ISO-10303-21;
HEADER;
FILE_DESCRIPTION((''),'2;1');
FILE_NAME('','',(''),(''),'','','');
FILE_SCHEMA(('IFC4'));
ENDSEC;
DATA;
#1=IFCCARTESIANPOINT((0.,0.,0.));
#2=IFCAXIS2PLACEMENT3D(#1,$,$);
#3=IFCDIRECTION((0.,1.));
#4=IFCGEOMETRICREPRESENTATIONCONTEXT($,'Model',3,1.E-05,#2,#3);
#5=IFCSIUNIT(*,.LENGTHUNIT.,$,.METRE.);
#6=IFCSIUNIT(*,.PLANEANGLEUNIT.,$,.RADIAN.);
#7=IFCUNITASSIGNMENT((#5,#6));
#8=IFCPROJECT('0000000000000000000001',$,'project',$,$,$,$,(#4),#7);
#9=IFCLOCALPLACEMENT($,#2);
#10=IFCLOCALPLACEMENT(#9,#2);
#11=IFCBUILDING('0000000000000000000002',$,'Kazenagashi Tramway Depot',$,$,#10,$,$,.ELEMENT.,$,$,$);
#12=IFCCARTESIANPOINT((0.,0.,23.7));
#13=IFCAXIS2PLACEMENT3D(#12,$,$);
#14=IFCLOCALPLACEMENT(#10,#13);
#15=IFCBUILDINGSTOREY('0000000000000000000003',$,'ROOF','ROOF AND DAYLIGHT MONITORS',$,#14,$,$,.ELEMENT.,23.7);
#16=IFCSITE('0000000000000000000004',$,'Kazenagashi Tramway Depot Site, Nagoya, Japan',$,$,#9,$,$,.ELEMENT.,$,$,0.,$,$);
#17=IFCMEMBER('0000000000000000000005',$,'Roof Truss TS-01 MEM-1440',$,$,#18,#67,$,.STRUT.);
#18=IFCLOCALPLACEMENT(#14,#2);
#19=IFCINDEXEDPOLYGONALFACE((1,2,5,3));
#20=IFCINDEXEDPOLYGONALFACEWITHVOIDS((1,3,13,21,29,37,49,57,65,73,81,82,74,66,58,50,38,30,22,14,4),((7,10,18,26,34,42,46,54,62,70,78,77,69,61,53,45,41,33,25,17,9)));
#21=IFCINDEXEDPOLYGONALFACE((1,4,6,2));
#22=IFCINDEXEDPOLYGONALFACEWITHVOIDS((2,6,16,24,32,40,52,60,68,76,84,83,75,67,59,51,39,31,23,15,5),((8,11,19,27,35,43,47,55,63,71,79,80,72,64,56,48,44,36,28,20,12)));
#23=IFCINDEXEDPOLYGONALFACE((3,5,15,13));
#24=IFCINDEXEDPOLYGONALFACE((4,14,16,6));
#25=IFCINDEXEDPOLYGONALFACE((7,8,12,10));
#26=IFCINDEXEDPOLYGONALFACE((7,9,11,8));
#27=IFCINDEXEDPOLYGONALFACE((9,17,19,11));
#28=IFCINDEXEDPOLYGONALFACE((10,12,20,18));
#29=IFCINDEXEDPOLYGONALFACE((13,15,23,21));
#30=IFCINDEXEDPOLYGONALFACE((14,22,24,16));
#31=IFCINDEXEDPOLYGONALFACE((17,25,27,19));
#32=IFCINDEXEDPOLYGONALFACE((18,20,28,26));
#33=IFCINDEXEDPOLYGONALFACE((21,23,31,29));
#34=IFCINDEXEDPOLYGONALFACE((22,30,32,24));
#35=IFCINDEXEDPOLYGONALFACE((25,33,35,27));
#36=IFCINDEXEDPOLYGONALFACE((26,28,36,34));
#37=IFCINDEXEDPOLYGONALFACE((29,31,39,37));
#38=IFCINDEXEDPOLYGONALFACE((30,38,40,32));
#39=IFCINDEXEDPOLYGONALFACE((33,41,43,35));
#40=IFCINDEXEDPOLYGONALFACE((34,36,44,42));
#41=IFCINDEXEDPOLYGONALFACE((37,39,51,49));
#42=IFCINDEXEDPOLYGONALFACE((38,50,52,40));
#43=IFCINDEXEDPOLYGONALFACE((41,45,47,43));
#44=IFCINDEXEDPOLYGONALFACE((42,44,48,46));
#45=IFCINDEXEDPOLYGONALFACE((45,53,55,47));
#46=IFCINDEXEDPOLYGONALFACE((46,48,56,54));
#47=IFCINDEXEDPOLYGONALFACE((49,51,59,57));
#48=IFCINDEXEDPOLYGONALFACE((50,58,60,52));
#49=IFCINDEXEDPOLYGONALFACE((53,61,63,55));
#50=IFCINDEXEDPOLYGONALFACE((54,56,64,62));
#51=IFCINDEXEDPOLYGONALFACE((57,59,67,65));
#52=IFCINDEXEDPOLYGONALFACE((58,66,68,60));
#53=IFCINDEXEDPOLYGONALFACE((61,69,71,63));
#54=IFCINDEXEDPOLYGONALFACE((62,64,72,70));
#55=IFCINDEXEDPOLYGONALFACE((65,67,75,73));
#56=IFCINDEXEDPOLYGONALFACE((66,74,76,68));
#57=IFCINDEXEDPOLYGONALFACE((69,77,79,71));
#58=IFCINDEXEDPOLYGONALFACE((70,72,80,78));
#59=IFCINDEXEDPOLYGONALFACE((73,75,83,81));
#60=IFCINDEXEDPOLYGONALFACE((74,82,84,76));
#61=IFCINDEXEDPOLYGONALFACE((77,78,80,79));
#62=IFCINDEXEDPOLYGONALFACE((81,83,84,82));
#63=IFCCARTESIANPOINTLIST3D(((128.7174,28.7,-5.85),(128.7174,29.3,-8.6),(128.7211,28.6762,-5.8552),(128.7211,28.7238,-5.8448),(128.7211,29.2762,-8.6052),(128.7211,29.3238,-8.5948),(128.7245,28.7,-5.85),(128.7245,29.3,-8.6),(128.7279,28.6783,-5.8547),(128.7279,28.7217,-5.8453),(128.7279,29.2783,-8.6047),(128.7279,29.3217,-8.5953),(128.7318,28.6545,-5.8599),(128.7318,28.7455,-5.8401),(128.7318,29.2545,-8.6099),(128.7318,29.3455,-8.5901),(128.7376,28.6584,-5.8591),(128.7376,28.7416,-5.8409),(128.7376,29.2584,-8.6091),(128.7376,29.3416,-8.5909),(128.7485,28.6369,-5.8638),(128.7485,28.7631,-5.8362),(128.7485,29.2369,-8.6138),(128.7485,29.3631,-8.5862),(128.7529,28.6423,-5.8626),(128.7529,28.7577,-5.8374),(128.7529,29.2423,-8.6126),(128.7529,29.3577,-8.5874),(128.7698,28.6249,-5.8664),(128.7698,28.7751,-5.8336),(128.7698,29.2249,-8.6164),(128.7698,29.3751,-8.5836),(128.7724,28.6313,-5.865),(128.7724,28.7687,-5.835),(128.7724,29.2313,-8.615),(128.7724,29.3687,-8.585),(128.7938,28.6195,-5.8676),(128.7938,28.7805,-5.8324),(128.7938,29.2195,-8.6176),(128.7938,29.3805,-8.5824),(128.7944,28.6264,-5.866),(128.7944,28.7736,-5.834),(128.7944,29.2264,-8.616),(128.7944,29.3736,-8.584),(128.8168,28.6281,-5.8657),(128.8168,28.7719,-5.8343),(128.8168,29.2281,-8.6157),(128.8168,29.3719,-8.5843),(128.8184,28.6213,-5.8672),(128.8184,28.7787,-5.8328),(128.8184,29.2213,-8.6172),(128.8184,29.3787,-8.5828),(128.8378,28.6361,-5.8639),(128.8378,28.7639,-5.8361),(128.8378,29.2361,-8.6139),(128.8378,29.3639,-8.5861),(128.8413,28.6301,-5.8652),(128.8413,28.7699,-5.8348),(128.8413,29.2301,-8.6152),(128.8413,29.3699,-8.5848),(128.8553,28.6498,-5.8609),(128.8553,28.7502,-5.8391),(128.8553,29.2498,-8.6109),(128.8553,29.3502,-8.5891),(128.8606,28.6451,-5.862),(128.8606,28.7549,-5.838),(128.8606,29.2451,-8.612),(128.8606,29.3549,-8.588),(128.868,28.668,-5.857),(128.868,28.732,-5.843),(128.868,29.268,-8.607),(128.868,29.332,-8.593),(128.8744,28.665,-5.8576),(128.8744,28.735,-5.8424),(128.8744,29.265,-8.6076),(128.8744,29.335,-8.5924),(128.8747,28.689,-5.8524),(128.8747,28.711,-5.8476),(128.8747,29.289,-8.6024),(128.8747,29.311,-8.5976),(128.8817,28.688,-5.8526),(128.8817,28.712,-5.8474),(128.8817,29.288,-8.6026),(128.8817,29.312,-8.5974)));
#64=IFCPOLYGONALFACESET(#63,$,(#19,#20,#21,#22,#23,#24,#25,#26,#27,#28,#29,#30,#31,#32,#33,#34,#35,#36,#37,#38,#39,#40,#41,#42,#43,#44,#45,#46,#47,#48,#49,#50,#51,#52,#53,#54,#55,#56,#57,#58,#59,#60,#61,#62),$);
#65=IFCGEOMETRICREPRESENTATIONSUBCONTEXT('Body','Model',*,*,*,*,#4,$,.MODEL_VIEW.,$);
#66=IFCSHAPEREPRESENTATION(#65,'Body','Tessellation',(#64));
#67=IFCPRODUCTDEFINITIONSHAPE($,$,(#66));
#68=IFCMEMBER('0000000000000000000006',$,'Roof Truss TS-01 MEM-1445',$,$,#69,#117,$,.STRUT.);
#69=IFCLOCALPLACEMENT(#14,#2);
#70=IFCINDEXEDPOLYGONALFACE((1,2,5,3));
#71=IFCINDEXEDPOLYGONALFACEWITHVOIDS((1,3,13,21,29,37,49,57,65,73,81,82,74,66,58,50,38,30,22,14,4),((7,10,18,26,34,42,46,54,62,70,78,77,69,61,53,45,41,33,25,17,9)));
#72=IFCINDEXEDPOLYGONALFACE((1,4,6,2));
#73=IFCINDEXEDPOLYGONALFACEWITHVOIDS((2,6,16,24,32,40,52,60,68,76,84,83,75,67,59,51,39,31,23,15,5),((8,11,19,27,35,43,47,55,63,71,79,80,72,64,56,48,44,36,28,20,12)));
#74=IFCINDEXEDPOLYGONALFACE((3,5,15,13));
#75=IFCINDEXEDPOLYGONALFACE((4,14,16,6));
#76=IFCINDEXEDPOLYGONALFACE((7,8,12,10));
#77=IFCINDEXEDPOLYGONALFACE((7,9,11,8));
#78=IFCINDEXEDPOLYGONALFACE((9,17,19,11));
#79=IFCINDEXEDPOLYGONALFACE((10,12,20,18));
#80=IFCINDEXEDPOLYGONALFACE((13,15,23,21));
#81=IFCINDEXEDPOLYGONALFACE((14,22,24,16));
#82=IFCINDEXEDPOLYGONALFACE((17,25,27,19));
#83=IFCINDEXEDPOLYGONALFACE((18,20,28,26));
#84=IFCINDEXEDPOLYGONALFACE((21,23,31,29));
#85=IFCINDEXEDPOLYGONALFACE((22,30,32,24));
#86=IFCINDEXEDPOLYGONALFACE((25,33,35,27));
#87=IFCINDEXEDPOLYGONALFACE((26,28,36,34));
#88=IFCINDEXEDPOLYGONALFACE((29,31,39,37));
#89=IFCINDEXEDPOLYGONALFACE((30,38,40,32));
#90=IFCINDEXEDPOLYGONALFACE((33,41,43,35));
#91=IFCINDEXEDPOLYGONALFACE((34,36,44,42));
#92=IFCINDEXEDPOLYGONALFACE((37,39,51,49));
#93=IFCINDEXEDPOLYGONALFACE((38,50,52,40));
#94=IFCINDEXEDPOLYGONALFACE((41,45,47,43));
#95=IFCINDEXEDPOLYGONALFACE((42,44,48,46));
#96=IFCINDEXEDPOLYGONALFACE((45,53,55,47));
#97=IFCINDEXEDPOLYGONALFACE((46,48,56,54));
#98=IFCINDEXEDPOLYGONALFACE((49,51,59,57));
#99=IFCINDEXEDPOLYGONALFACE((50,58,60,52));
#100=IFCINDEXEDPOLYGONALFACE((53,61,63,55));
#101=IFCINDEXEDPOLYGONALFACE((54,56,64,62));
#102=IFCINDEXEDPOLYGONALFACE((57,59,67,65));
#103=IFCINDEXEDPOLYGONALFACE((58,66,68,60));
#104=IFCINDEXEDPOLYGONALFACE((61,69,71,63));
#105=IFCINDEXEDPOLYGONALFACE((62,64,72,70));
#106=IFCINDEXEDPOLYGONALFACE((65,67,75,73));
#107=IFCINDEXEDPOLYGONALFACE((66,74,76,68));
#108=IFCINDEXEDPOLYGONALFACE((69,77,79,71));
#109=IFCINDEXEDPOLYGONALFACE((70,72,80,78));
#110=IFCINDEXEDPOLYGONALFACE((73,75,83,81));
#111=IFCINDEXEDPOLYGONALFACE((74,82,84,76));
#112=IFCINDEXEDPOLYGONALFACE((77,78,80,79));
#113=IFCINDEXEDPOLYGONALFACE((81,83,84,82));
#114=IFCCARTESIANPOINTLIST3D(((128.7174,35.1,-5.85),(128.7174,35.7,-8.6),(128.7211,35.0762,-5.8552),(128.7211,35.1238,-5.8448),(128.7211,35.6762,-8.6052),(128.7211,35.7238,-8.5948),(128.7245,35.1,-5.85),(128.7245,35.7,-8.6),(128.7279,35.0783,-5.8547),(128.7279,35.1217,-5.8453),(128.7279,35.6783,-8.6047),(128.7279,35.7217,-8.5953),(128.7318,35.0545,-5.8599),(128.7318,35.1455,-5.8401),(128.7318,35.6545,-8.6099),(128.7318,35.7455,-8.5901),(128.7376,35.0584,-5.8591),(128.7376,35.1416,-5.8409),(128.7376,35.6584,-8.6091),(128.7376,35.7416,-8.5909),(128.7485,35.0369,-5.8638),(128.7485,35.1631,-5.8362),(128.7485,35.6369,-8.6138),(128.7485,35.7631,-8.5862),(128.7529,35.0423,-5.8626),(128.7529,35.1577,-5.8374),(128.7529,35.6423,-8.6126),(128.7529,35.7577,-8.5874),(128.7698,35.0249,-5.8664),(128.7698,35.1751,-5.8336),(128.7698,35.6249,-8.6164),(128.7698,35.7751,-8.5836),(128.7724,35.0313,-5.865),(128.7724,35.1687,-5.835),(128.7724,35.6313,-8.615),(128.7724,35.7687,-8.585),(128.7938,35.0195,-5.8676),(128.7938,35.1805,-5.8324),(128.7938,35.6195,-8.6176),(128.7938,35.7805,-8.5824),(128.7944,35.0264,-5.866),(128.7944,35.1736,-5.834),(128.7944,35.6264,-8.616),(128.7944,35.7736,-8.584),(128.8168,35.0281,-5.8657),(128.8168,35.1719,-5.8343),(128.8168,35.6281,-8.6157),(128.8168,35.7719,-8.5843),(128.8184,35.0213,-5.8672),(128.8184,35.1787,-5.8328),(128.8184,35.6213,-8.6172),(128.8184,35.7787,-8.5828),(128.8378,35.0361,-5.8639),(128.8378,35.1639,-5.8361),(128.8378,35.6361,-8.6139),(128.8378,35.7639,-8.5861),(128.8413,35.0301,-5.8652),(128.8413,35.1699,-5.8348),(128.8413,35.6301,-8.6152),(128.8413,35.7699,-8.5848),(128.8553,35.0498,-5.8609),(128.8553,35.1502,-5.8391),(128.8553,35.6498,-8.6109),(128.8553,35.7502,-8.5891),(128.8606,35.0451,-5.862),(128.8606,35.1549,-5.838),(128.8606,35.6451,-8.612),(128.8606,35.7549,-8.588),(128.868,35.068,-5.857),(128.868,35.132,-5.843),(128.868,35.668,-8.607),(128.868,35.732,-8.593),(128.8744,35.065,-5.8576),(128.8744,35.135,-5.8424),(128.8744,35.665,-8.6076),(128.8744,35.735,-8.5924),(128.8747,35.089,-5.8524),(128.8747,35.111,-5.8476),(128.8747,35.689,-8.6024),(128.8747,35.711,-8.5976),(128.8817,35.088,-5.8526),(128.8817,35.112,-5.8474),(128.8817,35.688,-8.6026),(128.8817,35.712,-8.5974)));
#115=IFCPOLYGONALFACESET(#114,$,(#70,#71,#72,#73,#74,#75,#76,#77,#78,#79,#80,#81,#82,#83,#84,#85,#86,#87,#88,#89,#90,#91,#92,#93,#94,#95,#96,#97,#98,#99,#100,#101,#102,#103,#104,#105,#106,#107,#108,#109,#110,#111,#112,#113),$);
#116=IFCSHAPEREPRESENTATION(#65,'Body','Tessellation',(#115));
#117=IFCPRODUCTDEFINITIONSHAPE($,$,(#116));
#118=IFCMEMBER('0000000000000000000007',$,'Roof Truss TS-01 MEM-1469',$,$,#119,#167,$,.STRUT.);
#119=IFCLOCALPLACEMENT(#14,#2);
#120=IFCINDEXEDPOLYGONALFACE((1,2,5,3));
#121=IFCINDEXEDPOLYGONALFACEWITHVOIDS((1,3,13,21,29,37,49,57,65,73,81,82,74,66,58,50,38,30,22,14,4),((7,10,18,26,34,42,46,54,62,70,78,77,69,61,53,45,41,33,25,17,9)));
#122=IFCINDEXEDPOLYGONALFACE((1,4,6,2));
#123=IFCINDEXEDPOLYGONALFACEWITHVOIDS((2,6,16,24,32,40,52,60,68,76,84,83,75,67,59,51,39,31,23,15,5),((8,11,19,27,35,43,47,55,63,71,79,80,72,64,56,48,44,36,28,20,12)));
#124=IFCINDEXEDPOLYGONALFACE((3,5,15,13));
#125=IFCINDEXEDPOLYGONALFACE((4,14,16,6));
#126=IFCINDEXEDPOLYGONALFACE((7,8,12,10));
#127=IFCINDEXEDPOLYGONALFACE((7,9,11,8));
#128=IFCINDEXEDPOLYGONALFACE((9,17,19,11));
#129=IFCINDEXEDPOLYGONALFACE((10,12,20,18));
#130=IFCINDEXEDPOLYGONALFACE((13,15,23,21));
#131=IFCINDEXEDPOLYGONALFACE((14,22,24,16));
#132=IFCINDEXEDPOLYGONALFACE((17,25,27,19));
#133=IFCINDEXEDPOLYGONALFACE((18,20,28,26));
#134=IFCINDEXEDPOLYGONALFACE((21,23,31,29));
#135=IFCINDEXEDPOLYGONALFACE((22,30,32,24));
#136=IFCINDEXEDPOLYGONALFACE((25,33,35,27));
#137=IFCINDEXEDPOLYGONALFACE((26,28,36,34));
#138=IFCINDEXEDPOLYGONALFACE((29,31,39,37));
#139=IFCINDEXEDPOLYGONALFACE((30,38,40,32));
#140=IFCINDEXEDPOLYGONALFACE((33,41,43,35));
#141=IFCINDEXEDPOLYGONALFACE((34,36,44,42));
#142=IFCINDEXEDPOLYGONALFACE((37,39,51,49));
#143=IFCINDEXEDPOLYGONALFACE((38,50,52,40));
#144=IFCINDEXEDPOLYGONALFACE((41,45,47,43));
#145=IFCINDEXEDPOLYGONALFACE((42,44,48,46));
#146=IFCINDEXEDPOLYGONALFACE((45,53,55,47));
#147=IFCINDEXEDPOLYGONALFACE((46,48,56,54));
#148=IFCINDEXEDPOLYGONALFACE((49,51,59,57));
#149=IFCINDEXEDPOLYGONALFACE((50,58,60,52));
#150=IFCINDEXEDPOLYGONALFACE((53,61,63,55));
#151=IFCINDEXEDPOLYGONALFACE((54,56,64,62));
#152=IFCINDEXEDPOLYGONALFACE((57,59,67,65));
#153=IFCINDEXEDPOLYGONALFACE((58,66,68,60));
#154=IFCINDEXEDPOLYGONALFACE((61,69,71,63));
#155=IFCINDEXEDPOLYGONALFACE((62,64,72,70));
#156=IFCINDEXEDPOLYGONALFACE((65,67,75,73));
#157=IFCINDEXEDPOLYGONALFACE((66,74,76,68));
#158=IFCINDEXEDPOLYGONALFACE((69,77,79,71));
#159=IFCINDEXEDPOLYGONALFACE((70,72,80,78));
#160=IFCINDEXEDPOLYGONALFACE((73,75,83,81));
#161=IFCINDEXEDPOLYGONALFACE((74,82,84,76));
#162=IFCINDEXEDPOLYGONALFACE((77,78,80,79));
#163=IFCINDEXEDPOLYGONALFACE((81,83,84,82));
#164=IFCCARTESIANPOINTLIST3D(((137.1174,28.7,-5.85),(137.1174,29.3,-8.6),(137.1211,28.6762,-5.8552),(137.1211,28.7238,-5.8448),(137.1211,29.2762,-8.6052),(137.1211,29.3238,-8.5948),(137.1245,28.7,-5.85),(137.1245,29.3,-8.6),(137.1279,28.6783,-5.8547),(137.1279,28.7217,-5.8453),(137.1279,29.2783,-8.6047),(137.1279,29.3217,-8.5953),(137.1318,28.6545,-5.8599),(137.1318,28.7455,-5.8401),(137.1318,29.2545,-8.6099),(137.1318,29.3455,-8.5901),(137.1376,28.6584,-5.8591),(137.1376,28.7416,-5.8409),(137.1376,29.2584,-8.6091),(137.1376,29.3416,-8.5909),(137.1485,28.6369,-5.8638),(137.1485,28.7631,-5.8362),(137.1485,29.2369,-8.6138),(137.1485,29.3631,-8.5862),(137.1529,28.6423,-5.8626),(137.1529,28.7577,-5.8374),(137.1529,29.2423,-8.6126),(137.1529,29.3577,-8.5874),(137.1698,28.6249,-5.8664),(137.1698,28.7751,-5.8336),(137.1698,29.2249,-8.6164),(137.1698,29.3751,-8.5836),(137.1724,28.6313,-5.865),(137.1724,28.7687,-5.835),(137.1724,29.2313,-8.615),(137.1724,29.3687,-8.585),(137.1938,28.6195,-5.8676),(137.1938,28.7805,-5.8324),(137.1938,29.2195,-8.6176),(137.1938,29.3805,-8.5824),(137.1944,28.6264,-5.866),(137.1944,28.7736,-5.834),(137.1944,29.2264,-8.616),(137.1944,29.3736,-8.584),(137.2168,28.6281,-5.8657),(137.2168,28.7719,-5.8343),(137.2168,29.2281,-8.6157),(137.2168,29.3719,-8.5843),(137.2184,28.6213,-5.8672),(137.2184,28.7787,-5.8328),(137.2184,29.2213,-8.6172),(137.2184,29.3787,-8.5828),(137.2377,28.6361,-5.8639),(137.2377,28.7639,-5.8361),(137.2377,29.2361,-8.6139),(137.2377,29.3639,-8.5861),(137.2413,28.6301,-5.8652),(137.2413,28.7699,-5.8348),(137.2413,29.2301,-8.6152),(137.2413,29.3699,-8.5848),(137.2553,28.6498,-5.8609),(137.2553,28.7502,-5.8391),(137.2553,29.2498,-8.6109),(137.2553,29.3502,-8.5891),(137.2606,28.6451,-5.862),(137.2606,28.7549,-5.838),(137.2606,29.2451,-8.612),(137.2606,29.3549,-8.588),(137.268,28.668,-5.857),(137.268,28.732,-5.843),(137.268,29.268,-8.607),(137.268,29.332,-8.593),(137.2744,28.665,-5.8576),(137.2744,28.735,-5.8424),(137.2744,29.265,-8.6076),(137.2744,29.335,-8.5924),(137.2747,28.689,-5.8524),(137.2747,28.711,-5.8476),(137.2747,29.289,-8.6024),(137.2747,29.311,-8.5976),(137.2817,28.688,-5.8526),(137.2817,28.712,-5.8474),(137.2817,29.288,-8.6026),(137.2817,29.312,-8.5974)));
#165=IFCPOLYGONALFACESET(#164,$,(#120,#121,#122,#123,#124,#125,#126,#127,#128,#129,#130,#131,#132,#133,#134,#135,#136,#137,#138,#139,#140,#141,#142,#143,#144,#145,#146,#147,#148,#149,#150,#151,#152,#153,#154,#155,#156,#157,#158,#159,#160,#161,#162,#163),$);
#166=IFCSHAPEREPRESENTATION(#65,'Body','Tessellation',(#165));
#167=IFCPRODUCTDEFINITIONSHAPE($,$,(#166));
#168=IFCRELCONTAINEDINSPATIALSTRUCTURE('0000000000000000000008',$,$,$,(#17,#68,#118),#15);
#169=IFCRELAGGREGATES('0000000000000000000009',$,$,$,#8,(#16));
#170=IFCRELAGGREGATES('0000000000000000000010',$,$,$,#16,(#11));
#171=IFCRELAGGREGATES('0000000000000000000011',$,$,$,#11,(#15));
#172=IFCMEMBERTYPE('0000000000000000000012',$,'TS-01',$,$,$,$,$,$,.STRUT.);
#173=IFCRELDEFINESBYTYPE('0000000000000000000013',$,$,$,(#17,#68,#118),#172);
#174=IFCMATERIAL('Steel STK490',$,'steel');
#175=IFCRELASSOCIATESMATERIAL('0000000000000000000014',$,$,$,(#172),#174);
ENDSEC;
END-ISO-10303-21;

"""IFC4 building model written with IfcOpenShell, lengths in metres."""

from ifc_helpers import new_model, si_unit, direction, frame, origin, origin_2d, place, context, subcontext, project, spatial, hollow_circle, extrude, material, material_profile, profile_set, type_object, element, save


model = new_model("IFC4")

# Units and contexts
model_context = context("Model", 3, precision=1e-05, world=origin(), true_north=direction((0.0, 1.0)))
body_context = subcontext(model_context, "Body", "Model", "MODEL_VIEW")
ifc_project = project(units=[si_unit("LENGTHUNIT", "METRE"), si_unit("PLANEANGLEUNIT", "RADIAN")], contexts=[model_context])

# Site, building, storey
site_placement = place(None, origin())
site = spatial("IfcSite", under=ifc_project, at=site_placement, Name="Kazenagashi Tramway Depot Site, Nagoya, Japan", CompositionType="ELEMENT", RefElevation=0.0)
building_placement = place(site_placement, origin())
building = spatial("IfcBuilding", under=site, at=building_placement, Name="Kazenagashi Tramway Depot", CompositionType="ELEMENT")
storey_placement = place(building_placement, frame((0.0, 0.0, 23.7)))
storey = spatial("IfcBuildingStorey", under=building, at=storey_placement, Name="ROOF", Description="ROOF AND DAYLIGHT MONITORS", CompositionType="ELEMENT", Elevation=23.7)

# Members
ifc_material_1 = material(Name="Steel STK490", Category="steel")
ifc_material_profile_1 = material_profile(ifc_material_1, hollow_circle(Radius=0.0826, WallThickness=0.0071, at=origin_2d()), Name="CHS-165.2x7.1")
ifc_profile_set_1 = profile_set([ifc_material_profile_1], Name="Steel STK490")
member_type_1 = type_object("IfcMemberType", Name="TS-01", PredefinedType="STRUT", material=ifc_profile_set_1)
for number, where, z_axis, x_axis, name in (
    (1, (128.8, 28.7, -5.85), (0.0, 0.213167, -0.977016), (-1.0, 0.0, 0.0), "Roof Truss TS-01 MEM-1440"),
    (2, (128.8, 35.1, -5.85), (0.0, 0.213167, -0.977016), (-1.0, 0.0, 0.0), "Roof Truss TS-01 MEM-1445"),
    (3, (137.2, 28.7, -5.85), (0.0, 0.213167, -0.977016), (-1.0, 0.0, 0.0), "Roof Truss TS-01 MEM-1469"),
):
    element("IfcMember", number, at=place(storey_placement, frame(where, z_axis=z_axis, x_axis=x_axis)), inside=storey, type_object=member_type_1, Name=name, PredefinedType="STRUT", context=body_context, shape_type="SweptSolid", body=[
        extrude(hollow_circle(Radius=0.0826, WallThickness=0.0071, at=origin_2d()), origin(), (0.0, 0.0, 1.0), 2.8147),
    ])

save(model, "model.ifc")
